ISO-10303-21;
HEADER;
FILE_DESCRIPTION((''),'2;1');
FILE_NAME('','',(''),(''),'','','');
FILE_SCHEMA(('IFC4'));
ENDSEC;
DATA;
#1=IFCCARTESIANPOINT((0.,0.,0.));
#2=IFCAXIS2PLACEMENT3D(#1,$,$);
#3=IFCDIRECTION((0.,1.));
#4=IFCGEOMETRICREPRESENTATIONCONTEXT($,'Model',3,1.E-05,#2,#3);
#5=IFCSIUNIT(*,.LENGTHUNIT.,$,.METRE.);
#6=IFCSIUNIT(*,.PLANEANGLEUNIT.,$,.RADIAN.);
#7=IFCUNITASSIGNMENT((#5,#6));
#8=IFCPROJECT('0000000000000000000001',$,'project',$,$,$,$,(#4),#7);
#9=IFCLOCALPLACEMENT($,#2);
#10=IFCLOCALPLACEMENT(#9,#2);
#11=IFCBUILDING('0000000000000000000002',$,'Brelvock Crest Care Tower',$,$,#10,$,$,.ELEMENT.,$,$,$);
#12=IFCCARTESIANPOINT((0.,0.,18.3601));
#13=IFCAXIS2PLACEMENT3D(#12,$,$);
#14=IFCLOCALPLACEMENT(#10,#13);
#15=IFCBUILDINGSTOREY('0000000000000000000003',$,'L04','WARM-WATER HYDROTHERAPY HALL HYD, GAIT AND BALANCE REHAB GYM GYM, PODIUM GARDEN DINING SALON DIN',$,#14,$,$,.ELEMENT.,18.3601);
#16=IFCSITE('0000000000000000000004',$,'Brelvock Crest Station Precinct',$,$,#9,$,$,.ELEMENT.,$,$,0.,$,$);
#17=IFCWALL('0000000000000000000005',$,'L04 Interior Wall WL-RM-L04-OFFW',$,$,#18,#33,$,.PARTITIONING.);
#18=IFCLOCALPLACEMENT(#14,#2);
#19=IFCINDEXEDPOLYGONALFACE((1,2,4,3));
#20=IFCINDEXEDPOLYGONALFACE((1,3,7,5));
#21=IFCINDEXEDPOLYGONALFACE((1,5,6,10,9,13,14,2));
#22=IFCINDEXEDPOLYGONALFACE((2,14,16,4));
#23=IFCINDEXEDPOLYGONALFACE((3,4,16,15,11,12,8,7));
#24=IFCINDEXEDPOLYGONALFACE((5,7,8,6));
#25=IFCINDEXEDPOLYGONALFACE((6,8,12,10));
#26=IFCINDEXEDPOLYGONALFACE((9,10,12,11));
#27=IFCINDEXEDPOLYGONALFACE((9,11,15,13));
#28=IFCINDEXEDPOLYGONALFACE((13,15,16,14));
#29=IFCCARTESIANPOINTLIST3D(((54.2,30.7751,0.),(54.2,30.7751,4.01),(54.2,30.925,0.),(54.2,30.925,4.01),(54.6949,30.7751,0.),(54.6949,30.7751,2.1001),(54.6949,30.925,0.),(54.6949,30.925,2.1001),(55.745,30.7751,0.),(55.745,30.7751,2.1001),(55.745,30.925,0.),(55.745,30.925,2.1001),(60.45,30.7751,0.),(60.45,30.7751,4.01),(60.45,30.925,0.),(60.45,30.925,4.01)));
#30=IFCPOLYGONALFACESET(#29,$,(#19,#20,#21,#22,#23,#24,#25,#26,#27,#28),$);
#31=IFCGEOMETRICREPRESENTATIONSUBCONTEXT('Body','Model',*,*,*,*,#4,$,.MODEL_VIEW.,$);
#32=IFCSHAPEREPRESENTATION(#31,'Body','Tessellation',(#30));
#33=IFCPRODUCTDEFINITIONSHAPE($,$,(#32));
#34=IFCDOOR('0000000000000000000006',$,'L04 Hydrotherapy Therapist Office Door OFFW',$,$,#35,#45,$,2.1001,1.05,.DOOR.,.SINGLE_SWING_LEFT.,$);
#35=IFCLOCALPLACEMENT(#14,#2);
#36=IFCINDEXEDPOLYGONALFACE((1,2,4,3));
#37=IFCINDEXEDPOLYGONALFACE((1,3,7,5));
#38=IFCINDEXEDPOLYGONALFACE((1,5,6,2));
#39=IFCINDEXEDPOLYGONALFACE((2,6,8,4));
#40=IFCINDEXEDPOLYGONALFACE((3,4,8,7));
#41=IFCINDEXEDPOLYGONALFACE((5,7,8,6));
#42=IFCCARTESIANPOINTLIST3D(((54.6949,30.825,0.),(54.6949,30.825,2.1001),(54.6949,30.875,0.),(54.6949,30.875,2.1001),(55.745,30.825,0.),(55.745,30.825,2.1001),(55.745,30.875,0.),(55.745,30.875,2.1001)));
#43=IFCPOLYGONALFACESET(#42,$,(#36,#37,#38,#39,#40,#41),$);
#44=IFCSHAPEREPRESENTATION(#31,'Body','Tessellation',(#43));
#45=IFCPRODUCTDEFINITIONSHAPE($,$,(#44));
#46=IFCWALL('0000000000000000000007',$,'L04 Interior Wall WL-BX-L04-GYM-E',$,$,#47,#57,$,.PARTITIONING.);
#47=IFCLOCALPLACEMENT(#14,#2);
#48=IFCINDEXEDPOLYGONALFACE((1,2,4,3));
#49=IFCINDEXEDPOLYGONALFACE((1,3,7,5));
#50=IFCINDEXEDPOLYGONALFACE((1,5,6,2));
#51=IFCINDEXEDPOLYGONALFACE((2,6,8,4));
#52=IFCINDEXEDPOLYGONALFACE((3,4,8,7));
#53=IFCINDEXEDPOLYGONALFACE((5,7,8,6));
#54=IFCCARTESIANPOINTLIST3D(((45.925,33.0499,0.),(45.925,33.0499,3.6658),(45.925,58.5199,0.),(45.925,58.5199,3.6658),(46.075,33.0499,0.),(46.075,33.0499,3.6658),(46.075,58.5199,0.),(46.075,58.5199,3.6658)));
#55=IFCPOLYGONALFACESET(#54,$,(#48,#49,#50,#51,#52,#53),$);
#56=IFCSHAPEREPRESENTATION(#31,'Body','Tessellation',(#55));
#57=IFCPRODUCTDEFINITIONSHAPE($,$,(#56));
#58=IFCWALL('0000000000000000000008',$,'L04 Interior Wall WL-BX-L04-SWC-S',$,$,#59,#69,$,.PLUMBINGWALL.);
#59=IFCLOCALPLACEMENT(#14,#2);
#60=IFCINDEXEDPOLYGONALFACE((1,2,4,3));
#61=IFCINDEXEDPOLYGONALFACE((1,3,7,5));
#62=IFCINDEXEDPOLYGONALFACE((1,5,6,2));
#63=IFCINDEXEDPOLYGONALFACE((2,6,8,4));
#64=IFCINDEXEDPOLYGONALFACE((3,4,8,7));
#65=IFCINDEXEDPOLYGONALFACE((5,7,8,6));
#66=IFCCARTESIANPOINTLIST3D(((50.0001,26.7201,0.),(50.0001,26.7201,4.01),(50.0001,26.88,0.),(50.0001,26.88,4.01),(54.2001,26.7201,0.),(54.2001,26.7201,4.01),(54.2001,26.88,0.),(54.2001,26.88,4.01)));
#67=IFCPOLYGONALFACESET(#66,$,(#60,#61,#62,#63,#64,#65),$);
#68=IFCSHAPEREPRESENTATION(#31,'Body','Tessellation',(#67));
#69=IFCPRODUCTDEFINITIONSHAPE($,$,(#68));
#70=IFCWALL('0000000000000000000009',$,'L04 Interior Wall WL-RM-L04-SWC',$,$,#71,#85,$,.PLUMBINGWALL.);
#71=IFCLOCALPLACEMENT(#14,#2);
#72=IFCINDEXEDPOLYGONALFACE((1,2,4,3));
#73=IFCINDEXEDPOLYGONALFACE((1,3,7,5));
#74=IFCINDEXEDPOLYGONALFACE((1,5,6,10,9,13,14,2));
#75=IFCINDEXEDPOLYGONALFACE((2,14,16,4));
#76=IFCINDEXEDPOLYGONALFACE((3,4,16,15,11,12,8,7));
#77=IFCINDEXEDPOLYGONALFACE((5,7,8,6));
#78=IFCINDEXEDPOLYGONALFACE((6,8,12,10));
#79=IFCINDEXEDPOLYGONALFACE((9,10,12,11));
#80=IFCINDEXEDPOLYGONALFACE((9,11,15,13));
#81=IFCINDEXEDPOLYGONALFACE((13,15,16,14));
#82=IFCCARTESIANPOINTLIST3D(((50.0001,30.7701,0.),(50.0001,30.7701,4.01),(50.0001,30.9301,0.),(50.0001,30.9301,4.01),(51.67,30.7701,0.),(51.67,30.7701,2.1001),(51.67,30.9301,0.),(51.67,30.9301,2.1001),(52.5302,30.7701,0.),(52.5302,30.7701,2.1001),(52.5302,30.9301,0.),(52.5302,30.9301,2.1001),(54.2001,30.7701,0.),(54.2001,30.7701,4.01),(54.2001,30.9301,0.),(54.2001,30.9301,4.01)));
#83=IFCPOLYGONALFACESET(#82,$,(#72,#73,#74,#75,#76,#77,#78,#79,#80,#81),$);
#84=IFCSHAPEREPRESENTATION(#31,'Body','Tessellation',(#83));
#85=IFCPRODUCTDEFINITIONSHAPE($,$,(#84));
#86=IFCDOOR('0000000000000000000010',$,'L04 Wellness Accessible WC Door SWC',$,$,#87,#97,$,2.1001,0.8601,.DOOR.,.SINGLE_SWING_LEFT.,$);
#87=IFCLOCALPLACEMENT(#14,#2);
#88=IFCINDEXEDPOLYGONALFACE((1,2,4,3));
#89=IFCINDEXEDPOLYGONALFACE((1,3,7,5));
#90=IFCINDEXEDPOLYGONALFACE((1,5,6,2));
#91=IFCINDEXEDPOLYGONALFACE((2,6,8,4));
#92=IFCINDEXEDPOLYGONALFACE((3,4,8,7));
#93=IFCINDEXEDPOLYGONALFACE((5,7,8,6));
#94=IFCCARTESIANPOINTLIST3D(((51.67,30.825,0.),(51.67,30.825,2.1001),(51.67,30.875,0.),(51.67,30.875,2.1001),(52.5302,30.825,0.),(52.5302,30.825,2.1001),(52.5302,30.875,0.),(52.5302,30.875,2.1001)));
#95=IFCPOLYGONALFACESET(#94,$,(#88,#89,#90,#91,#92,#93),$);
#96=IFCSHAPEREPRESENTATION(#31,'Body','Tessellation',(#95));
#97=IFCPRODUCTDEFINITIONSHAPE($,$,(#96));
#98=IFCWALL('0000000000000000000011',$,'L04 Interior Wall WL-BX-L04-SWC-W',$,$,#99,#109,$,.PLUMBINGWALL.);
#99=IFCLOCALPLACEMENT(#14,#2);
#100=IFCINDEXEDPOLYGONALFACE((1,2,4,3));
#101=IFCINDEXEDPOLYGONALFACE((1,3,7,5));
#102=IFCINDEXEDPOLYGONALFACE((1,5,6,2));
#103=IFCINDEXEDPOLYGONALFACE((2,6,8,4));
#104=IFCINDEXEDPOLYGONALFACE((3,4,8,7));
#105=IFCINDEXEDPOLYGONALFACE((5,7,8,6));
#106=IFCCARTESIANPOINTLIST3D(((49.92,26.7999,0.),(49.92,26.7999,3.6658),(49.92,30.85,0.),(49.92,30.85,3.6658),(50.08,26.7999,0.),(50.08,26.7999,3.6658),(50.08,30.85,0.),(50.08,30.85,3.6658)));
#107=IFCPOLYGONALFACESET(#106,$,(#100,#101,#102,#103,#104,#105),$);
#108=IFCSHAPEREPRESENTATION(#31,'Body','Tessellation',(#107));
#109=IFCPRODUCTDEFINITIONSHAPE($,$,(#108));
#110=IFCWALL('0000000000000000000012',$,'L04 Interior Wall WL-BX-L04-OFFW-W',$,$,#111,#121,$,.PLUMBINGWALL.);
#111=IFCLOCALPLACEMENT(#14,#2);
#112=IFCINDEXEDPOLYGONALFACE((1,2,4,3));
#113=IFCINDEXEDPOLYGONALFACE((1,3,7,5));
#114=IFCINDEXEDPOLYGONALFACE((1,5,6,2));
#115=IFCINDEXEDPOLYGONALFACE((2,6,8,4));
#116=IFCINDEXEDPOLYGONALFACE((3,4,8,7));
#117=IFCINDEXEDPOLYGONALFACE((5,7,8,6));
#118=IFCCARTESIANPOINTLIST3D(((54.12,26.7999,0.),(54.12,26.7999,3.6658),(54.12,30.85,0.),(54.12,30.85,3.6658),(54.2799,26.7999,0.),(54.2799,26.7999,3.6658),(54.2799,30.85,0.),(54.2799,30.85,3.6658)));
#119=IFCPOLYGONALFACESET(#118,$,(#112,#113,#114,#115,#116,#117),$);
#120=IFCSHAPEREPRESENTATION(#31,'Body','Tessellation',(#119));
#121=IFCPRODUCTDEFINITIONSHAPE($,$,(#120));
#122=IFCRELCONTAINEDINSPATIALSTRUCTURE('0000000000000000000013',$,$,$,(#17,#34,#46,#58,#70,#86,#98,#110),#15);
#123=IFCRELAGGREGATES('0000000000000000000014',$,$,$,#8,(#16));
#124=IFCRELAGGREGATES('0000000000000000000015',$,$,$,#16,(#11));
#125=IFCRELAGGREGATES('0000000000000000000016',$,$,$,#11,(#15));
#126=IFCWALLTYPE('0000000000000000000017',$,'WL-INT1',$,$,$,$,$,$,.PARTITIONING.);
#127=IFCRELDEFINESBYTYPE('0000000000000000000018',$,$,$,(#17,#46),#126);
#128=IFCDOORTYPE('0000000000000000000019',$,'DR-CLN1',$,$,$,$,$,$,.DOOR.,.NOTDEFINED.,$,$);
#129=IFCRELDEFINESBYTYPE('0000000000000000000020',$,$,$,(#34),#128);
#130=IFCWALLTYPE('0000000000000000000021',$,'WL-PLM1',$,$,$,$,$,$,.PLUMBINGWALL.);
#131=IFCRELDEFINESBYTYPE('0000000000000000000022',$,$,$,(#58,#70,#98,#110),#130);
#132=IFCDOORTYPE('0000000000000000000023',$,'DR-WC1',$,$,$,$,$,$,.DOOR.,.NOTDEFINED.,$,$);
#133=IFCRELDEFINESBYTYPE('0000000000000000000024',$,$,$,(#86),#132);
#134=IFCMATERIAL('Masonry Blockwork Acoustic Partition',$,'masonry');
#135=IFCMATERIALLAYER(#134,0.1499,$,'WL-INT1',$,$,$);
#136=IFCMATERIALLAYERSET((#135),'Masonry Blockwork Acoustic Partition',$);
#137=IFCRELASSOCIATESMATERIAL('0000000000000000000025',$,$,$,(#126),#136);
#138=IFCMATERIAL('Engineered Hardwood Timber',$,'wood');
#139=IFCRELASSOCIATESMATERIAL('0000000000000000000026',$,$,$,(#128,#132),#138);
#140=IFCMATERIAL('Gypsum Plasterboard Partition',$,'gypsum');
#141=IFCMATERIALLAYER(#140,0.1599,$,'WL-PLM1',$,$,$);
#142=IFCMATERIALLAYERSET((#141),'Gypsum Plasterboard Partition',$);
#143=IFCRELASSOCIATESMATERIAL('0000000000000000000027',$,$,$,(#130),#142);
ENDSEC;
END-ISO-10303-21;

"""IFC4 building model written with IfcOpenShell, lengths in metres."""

from ifc_helpers import new_model, si_unit, direction, frame, frame_2d, origin, origin_2d, place, context, subcontext, project, spatial, rectangle, extrude, source, transform, mapped, material, layer, layer_set, type_object, element, fill, save


model = new_model("IFC4")

# Units and contexts
model_context = context("Model", 3, precision=1e-05, world=origin(), true_north=direction((0.0, 1.0)))
body_context = subcontext(model_context, "Body", "Model", "MODEL_VIEW")
ifc_project = project(units=[si_unit("LENGTHUNIT", "METRE"), si_unit("PLANEANGLEUNIT", "RADIAN")], contexts=[model_context])

# Site, building, storey
site_placement = place(None, origin())
site = spatial("IfcSite", under=ifc_project, at=site_placement, Name="Brelvock Crest Station Precinct", CompositionType="ELEMENT", RefElevation=0.0)
building_placement = place(site_placement, origin())
building = spatial("IfcBuilding", under=site, at=building_placement, Name="Brelvock Crest Care Tower", CompositionType="ELEMENT")
storey_placement = place(building_placement, frame((0.0, 0.0, 18.3601)))
storey = spatial("IfcBuildingStorey", under=building, at=storey_placement, Name="L04", Description="WARM-WATER HYDROTHERAPY HALL HYD, GAIT AND BALANCE REHAB GYM GYM, PODIUM GARDEN DINING SALON DIN", CompositionType="ELEMENT", Elevation=18.3601)

# Shared definitions
ifc_material_1 = material(Name="Masonry Blockwork Acoustic Partition", Category="masonry")
ifc_layer_1 = layer(ifc_material_1, 0.1499, Name="WL-INT1")
ifc_layer_set_1 = layer_set([ifc_layer_1], Name="Masonry Blockwork Acoustic Partition")
wall_type_1 = type_object("IfcWallType", Name="WL-INT1", PredefinedType="PARTITIONING", material=ifc_layer_set_1)

# Wall, opening, door
wall_1_placement = place(storey_placement, frame((54.2, 30.8501, 0.0), z_axis=(0.0, 0.0, 1.0), x_axis=(1.0, 0.0, 0.0)))
wall_1 = element("IfcWall", 1, at=wall_1_placement, inside=storey, type_object=wall_type_1, Name="L04 Interior Wall WL-RM-L04-OFFW", PredefinedType="PARTITIONING", context=body_context, shape_type="SweptSolid", body=[
    extrude(rectangle(XDim=6.25, YDim=0.1499, at=frame_2d((3.125, 0.0))), origin(), (0.0, 0.0, 1.0), 4.01),
])
opening_1_placement = place(wall_1_placement, frame((0.4951, 0.0, 0.0)))
opening_1 = element("IfcOpeningElement", 2, at=opening_1_placement, cuts=wall_1, PredefinedType="OPENING", context=body_context, shape_type="SweptSolid", body=[
    extrude(rectangle(XDim=1.05, YDim=2.1001, at=origin_2d()), frame((0.5249, 0.085, 1.05), z_axis=(0.0, -1.0, 0.0), x_axis=(1.0, 0.0, 0.0)), (0.0, 0.0, 1.0), 0.1699),
])
ifc_material_2 = material(Name="Engineered Hardwood Timber", Category="wood")
door_type_1 = type_object("IfcDoorType", Name="DR-CLN1", OperationType="NOTDEFINED", PredefinedType="DOOR", material=ifc_material_2)
shared_shape_1 = source(origin(), body_context, "Body", "SweptSolid", [
    extrude(rectangle(XDim=1.05, YDim=2.1001, at=origin_2d()), frame((0.5249, 0.0249, 1.05), z_axis=(0.0, -1.0, 0.0), x_axis=(1.0, 0.0, 0.0)), (0.0, 0.0, 1.0), 0.05),
])
door_1_placement = place(opening_1_placement, origin())
door_1 = element("IfcDoor", 3, at=door_1_placement, inside=storey, type_object=door_type_1, Name="L04 Hydrotherapy Therapist Office Door OFFW", OperationType="SINGLE_SWING_LEFT", OverallHeight=2.1001, OverallWidth=1.05, PredefinedType="DOOR", context=body_context, shape_type="MappedRepresentation", body=[
    mapped(shared_shape_1, transform((0.0, 0.0, 0.0), x_axis=(1.0, 0.0, 0.0), y_axis=(0.0, 1.0, 0.0), z_axis=(0.0, 0.0, 1.0), scale=1.0)),
])
fill(opening_1, door_1)

# Walls
wall_2_placement = place(storey_placement, frame((46.0, 33.05, 0.0), z_axis=(0.0, 0.0, 1.0), x_axis=(0.0, 1.0, 0.0)))
element("IfcWall", 4, at=wall_2_placement, inside=storey, type_object=wall_type_1, Name="L04 Interior Wall WL-BX-L04-GYM-E", PredefinedType="PARTITIONING", context=body_context, shape_type="SweptSolid", body=[
    extrude(rectangle(XDim=25.47, YDim=0.1499, at=frame_2d((12.7349, 0.0))), origin(), (0.0, 0.0, 1.0), 3.6658),
])
ifc_material_3 = material(Name="Gypsum Plasterboard Partition", Category="gypsum")
ifc_layer_2 = layer(ifc_material_3, 0.1599, Name="WL-PLM1")
ifc_layer_set_2 = layer_set([ifc_layer_2], Name="Gypsum Plasterboard Partition")
wall_type_2 = type_object("IfcWallType", Name="WL-PLM1", PredefinedType="PLUMBINGWALL", material=ifc_layer_set_2)
wall_3_placement = place(storey_placement, frame((50.0, 26.8, 0.0), z_axis=(0.0, 0.0, 1.0), x_axis=(1.0, 0.0, 0.0)))
element("IfcWall", 5, at=wall_3_placement, inside=storey, type_object=wall_type_2, Name="L04 Interior Wall WL-BX-L04-SWC-S", PredefinedType="PLUMBINGWALL", context=body_context, shape_type="SweptSolid", body=[
    extrude(rectangle(XDim=4.2, YDim=0.1599, at=frame_2d((2.1001, 0.0))), origin(), (0.0, 0.0, 1.0), 4.01),
])

# Wall, opening, door
wall_4_placement = place(storey_placement, frame((50.0, 30.8501, 0.0), z_axis=(0.0, 0.0, 1.0), x_axis=(1.0, 0.0, 0.0)))
wall_4 = element("IfcWall", 6, at=wall_4_placement, inside=storey, type_object=wall_type_2, Name="L04 Interior Wall WL-RM-L04-SWC", PredefinedType="PLUMBINGWALL", context=body_context, shape_type="SweptSolid", body=[
    extrude(rectangle(XDim=4.2, YDim=0.1599, at=frame_2d((2.1001, 0.0))), origin(), (0.0, 0.0, 1.0), 4.01),
])
opening_2_placement = place(wall_4_placement, frame((1.6699, 0.0, 0.0)))
opening_2 = element("IfcOpeningElement", 7, at=opening_2_placement, cuts=wall_4, PredefinedType="OPENING", context=body_context, shape_type="SweptSolid", body=[
    extrude(rectangle(XDim=0.8601, YDim=2.1001, at=origin_2d()), frame((0.4302, 0.0898, 1.05), z_axis=(0.0, -1.0, 0.0), x_axis=(1.0, 0.0, 0.0)), (0.0, 0.0, 1.0), 0.1799),
])
door_type_2 = type_object("IfcDoorType", Name="DR-WC1", OperationType="NOTDEFINED", PredefinedType="DOOR", material=ifc_material_2)
shared_shape_2 = source(origin(), body_context, "Body", "SweptSolid", [
    extrude(rectangle(XDim=0.8601, YDim=2.1001, at=origin_2d()), frame((0.4302, 0.0249, 1.05), z_axis=(0.0, -1.0, 0.0), x_axis=(1.0, 0.0, 0.0)), (0.0, 0.0, 1.0), 0.05),
])
door_2_placement = place(opening_2_placement, origin())
door_2 = element("IfcDoor", 8, at=door_2_placement, inside=storey, type_object=door_type_2, Name="L04 Wellness Accessible WC Door SWC", OperationType="SINGLE_SWING_LEFT", OverallHeight=2.1001, OverallWidth=0.8601, PredefinedType="DOOR", context=body_context, shape_type="MappedRepresentation", body=[
    mapped(shared_shape_2, transform((0.0, 0.0, 0.0), x_axis=(1.0, 0.0, 0.0), y_axis=(0.0, 1.0, 0.0), z_axis=(0.0, 0.0, 1.0), scale=1.0)),
])
fill(opening_2, door_2)

# Walls
for number, where, z_axis, x_axis, name in (
    (9, (50.0, 26.8, 0.0), (0.0, 0.0, 1.0), (0.0, 1.0, 0.0), "L04 Interior Wall WL-BX-L04-SWC-W"),
    (10, (54.2, 26.8, 0.0), (0.0, 0.0, 1.0), (0.0, 1.0, 0.0), "L04 Interior Wall WL-BX-L04-OFFW-W"),
):
    element("IfcWall", number, at=place(storey_placement, frame(where, z_axis=z_axis, x_axis=x_axis)), inside=storey, type_object=wall_type_2, Name=name, PredefinedType="PLUMBINGWALL", context=body_context, shape_type="SweptSolid", body=[
        extrude(rectangle(XDim=4.05, YDim=0.1599, at=frame_2d((2.0249, 0.0))), origin(), (0.0, 0.0, 1.0), 3.6658),
    ])

save(model, "model.ifc")
